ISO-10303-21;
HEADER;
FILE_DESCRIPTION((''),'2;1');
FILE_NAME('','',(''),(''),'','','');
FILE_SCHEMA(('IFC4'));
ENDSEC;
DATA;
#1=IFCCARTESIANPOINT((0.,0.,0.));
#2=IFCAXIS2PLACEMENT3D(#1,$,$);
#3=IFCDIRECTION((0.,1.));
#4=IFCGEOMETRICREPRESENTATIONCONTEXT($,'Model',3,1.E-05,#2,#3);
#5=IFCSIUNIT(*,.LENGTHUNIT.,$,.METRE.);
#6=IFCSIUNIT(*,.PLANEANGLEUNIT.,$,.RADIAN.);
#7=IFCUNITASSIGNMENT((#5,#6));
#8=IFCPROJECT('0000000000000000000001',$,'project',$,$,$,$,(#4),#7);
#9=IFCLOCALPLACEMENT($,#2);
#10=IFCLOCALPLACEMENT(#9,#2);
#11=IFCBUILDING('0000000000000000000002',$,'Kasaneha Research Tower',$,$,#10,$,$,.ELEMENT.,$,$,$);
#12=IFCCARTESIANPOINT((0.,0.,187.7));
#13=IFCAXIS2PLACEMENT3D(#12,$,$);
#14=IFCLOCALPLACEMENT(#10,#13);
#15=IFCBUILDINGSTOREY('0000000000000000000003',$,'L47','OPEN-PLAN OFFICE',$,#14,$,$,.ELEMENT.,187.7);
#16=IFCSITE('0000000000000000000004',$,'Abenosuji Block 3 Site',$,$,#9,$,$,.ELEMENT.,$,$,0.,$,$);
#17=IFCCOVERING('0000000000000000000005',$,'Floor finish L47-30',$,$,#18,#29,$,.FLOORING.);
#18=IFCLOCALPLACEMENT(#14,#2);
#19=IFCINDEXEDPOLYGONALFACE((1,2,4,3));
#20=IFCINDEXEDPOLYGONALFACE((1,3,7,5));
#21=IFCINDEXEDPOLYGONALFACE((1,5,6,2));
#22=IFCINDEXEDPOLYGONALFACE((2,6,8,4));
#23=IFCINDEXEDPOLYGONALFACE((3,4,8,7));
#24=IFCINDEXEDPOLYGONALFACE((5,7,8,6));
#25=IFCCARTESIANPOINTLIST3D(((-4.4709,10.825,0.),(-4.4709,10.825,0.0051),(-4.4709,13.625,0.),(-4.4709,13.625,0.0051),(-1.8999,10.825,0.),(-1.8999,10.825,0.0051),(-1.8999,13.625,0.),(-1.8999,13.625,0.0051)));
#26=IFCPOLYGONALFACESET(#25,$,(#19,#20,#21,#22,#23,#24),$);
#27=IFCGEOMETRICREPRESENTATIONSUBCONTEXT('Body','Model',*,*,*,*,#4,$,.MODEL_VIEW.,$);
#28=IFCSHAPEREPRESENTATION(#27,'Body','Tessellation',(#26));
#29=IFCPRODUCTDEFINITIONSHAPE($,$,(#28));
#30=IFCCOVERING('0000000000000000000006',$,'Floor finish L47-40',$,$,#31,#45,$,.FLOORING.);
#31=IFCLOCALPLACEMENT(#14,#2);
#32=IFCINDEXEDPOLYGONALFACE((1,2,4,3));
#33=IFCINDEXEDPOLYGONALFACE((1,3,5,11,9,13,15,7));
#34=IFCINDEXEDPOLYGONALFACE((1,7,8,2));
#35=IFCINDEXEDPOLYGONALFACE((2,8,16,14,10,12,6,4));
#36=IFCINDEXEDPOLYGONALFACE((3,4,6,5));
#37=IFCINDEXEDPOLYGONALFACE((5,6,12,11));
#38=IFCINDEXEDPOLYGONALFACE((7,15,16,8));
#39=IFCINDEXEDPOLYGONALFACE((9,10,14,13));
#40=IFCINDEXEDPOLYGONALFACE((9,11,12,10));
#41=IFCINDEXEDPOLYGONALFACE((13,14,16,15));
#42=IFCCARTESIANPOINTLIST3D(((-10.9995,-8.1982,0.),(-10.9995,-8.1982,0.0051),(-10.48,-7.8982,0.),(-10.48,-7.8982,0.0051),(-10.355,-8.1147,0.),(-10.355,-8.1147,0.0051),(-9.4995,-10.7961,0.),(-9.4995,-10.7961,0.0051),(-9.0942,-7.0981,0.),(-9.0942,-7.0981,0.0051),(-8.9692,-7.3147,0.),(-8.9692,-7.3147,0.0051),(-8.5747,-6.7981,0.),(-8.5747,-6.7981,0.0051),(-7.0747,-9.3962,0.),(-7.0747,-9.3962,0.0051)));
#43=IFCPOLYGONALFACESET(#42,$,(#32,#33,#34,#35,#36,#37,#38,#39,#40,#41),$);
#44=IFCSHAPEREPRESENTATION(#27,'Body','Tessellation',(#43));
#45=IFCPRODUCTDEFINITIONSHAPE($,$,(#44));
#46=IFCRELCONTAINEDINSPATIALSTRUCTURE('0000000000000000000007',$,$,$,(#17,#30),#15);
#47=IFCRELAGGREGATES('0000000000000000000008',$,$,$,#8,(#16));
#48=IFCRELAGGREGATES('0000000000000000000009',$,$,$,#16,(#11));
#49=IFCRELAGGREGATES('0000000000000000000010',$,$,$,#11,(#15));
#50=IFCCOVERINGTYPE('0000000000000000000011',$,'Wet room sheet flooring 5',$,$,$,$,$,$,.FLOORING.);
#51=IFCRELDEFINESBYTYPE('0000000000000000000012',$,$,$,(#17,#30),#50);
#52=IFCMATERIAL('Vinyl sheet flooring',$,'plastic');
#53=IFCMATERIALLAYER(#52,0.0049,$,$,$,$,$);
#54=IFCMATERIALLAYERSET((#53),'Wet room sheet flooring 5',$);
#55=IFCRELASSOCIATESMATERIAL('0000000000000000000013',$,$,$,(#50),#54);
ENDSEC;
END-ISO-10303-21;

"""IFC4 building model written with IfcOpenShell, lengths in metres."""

from ifc_helpers import new_model, si_unit, direction, frame, origin, place, context, subcontext, project, spatial, polyline, outline, extrude, material, layer, layer_set, type_object, element, save


model = new_model("IFC4")

# Units and contexts
model_context = context("Model", 3, precision=1e-05, world=origin(), true_north=direction((0.0, 1.0)))
body_context = subcontext(model_context, "Body", "Model", "MODEL_VIEW")
ifc_project = project(units=[si_unit("LENGTHUNIT", "METRE"), si_unit("PLANEANGLEUNIT", "RADIAN")], contexts=[model_context])

# Site, building, storey
site_placement = place(None, origin())
site = spatial("IfcSite", under=ifc_project, at=site_placement, Name="Abenosuji Block 3 Site", CompositionType="ELEMENT", RefElevation=0.0)
building_placement = place(site_placement, origin())
building = spatial("IfcBuilding", under=site, at=building_placement, Name="Kasaneha Research Tower", CompositionType="ELEMENT")
storey_placement = place(building_placement, frame((0.0, 0.0, 187.7)))
storey = spatial("IfcBuildingStorey", under=building, at=storey_placement, Name="L47", Description="OPEN-PLAN OFFICE", CompositionType="ELEMENT", Elevation=187.7)

# Coverings
ifc_material_1 = material(Name="Vinyl sheet flooring", Category="plastic")
ifc_layer_1 = layer(ifc_material_1, 0.0049)
ifc_layer_set_1 = layer_set([ifc_layer_1], Name="Wet room sheet flooring 5")
covering_type_1 = type_object("IfcCoveringType", Name="Wet room sheet flooring 5", PredefinedType="FLOORING", material=ifc_layer_set_1)
covering_1_placement = place(storey_placement, origin())
element("IfcCovering", 1, at=covering_1_placement, inside=storey, type_object=covering_type_1, Name="Floor finish L47-30", PredefinedType="FLOORING", context=body_context, shape_type="SweptSolid", body=[
    extrude(outline(polyline([(-1.8999, 13.625), (-1.8999, 10.825), (-4.4709, 10.825), (-4.4709, 13.625), (-1.8999, 13.625)])), origin(), (0.0, 0.0, 1.0), 0.0051),
])
covering_2_placement = place(storey_placement, origin())
element("IfcCovering", 2, at=covering_2_placement, inside=storey, type_object=covering_type_1, Name="Floor finish L47-40", PredefinedType="FLOORING", context=body_context, shape_type="SweptSolid", body=[
    extrude(outline(polyline([(-10.9995, -8.1982), (-10.48, -7.8982), (-10.355, -8.1147), (-8.9692, -7.3147), (-9.0942, -7.0981), (-8.5747, -6.7981), (-7.0747, -9.3962), (-9.4995, -10.7961), (-10.9995, -8.1982)])), origin(), (0.0, 0.0, 1.0), 0.0051),
])

save(model, "model.ifc")
